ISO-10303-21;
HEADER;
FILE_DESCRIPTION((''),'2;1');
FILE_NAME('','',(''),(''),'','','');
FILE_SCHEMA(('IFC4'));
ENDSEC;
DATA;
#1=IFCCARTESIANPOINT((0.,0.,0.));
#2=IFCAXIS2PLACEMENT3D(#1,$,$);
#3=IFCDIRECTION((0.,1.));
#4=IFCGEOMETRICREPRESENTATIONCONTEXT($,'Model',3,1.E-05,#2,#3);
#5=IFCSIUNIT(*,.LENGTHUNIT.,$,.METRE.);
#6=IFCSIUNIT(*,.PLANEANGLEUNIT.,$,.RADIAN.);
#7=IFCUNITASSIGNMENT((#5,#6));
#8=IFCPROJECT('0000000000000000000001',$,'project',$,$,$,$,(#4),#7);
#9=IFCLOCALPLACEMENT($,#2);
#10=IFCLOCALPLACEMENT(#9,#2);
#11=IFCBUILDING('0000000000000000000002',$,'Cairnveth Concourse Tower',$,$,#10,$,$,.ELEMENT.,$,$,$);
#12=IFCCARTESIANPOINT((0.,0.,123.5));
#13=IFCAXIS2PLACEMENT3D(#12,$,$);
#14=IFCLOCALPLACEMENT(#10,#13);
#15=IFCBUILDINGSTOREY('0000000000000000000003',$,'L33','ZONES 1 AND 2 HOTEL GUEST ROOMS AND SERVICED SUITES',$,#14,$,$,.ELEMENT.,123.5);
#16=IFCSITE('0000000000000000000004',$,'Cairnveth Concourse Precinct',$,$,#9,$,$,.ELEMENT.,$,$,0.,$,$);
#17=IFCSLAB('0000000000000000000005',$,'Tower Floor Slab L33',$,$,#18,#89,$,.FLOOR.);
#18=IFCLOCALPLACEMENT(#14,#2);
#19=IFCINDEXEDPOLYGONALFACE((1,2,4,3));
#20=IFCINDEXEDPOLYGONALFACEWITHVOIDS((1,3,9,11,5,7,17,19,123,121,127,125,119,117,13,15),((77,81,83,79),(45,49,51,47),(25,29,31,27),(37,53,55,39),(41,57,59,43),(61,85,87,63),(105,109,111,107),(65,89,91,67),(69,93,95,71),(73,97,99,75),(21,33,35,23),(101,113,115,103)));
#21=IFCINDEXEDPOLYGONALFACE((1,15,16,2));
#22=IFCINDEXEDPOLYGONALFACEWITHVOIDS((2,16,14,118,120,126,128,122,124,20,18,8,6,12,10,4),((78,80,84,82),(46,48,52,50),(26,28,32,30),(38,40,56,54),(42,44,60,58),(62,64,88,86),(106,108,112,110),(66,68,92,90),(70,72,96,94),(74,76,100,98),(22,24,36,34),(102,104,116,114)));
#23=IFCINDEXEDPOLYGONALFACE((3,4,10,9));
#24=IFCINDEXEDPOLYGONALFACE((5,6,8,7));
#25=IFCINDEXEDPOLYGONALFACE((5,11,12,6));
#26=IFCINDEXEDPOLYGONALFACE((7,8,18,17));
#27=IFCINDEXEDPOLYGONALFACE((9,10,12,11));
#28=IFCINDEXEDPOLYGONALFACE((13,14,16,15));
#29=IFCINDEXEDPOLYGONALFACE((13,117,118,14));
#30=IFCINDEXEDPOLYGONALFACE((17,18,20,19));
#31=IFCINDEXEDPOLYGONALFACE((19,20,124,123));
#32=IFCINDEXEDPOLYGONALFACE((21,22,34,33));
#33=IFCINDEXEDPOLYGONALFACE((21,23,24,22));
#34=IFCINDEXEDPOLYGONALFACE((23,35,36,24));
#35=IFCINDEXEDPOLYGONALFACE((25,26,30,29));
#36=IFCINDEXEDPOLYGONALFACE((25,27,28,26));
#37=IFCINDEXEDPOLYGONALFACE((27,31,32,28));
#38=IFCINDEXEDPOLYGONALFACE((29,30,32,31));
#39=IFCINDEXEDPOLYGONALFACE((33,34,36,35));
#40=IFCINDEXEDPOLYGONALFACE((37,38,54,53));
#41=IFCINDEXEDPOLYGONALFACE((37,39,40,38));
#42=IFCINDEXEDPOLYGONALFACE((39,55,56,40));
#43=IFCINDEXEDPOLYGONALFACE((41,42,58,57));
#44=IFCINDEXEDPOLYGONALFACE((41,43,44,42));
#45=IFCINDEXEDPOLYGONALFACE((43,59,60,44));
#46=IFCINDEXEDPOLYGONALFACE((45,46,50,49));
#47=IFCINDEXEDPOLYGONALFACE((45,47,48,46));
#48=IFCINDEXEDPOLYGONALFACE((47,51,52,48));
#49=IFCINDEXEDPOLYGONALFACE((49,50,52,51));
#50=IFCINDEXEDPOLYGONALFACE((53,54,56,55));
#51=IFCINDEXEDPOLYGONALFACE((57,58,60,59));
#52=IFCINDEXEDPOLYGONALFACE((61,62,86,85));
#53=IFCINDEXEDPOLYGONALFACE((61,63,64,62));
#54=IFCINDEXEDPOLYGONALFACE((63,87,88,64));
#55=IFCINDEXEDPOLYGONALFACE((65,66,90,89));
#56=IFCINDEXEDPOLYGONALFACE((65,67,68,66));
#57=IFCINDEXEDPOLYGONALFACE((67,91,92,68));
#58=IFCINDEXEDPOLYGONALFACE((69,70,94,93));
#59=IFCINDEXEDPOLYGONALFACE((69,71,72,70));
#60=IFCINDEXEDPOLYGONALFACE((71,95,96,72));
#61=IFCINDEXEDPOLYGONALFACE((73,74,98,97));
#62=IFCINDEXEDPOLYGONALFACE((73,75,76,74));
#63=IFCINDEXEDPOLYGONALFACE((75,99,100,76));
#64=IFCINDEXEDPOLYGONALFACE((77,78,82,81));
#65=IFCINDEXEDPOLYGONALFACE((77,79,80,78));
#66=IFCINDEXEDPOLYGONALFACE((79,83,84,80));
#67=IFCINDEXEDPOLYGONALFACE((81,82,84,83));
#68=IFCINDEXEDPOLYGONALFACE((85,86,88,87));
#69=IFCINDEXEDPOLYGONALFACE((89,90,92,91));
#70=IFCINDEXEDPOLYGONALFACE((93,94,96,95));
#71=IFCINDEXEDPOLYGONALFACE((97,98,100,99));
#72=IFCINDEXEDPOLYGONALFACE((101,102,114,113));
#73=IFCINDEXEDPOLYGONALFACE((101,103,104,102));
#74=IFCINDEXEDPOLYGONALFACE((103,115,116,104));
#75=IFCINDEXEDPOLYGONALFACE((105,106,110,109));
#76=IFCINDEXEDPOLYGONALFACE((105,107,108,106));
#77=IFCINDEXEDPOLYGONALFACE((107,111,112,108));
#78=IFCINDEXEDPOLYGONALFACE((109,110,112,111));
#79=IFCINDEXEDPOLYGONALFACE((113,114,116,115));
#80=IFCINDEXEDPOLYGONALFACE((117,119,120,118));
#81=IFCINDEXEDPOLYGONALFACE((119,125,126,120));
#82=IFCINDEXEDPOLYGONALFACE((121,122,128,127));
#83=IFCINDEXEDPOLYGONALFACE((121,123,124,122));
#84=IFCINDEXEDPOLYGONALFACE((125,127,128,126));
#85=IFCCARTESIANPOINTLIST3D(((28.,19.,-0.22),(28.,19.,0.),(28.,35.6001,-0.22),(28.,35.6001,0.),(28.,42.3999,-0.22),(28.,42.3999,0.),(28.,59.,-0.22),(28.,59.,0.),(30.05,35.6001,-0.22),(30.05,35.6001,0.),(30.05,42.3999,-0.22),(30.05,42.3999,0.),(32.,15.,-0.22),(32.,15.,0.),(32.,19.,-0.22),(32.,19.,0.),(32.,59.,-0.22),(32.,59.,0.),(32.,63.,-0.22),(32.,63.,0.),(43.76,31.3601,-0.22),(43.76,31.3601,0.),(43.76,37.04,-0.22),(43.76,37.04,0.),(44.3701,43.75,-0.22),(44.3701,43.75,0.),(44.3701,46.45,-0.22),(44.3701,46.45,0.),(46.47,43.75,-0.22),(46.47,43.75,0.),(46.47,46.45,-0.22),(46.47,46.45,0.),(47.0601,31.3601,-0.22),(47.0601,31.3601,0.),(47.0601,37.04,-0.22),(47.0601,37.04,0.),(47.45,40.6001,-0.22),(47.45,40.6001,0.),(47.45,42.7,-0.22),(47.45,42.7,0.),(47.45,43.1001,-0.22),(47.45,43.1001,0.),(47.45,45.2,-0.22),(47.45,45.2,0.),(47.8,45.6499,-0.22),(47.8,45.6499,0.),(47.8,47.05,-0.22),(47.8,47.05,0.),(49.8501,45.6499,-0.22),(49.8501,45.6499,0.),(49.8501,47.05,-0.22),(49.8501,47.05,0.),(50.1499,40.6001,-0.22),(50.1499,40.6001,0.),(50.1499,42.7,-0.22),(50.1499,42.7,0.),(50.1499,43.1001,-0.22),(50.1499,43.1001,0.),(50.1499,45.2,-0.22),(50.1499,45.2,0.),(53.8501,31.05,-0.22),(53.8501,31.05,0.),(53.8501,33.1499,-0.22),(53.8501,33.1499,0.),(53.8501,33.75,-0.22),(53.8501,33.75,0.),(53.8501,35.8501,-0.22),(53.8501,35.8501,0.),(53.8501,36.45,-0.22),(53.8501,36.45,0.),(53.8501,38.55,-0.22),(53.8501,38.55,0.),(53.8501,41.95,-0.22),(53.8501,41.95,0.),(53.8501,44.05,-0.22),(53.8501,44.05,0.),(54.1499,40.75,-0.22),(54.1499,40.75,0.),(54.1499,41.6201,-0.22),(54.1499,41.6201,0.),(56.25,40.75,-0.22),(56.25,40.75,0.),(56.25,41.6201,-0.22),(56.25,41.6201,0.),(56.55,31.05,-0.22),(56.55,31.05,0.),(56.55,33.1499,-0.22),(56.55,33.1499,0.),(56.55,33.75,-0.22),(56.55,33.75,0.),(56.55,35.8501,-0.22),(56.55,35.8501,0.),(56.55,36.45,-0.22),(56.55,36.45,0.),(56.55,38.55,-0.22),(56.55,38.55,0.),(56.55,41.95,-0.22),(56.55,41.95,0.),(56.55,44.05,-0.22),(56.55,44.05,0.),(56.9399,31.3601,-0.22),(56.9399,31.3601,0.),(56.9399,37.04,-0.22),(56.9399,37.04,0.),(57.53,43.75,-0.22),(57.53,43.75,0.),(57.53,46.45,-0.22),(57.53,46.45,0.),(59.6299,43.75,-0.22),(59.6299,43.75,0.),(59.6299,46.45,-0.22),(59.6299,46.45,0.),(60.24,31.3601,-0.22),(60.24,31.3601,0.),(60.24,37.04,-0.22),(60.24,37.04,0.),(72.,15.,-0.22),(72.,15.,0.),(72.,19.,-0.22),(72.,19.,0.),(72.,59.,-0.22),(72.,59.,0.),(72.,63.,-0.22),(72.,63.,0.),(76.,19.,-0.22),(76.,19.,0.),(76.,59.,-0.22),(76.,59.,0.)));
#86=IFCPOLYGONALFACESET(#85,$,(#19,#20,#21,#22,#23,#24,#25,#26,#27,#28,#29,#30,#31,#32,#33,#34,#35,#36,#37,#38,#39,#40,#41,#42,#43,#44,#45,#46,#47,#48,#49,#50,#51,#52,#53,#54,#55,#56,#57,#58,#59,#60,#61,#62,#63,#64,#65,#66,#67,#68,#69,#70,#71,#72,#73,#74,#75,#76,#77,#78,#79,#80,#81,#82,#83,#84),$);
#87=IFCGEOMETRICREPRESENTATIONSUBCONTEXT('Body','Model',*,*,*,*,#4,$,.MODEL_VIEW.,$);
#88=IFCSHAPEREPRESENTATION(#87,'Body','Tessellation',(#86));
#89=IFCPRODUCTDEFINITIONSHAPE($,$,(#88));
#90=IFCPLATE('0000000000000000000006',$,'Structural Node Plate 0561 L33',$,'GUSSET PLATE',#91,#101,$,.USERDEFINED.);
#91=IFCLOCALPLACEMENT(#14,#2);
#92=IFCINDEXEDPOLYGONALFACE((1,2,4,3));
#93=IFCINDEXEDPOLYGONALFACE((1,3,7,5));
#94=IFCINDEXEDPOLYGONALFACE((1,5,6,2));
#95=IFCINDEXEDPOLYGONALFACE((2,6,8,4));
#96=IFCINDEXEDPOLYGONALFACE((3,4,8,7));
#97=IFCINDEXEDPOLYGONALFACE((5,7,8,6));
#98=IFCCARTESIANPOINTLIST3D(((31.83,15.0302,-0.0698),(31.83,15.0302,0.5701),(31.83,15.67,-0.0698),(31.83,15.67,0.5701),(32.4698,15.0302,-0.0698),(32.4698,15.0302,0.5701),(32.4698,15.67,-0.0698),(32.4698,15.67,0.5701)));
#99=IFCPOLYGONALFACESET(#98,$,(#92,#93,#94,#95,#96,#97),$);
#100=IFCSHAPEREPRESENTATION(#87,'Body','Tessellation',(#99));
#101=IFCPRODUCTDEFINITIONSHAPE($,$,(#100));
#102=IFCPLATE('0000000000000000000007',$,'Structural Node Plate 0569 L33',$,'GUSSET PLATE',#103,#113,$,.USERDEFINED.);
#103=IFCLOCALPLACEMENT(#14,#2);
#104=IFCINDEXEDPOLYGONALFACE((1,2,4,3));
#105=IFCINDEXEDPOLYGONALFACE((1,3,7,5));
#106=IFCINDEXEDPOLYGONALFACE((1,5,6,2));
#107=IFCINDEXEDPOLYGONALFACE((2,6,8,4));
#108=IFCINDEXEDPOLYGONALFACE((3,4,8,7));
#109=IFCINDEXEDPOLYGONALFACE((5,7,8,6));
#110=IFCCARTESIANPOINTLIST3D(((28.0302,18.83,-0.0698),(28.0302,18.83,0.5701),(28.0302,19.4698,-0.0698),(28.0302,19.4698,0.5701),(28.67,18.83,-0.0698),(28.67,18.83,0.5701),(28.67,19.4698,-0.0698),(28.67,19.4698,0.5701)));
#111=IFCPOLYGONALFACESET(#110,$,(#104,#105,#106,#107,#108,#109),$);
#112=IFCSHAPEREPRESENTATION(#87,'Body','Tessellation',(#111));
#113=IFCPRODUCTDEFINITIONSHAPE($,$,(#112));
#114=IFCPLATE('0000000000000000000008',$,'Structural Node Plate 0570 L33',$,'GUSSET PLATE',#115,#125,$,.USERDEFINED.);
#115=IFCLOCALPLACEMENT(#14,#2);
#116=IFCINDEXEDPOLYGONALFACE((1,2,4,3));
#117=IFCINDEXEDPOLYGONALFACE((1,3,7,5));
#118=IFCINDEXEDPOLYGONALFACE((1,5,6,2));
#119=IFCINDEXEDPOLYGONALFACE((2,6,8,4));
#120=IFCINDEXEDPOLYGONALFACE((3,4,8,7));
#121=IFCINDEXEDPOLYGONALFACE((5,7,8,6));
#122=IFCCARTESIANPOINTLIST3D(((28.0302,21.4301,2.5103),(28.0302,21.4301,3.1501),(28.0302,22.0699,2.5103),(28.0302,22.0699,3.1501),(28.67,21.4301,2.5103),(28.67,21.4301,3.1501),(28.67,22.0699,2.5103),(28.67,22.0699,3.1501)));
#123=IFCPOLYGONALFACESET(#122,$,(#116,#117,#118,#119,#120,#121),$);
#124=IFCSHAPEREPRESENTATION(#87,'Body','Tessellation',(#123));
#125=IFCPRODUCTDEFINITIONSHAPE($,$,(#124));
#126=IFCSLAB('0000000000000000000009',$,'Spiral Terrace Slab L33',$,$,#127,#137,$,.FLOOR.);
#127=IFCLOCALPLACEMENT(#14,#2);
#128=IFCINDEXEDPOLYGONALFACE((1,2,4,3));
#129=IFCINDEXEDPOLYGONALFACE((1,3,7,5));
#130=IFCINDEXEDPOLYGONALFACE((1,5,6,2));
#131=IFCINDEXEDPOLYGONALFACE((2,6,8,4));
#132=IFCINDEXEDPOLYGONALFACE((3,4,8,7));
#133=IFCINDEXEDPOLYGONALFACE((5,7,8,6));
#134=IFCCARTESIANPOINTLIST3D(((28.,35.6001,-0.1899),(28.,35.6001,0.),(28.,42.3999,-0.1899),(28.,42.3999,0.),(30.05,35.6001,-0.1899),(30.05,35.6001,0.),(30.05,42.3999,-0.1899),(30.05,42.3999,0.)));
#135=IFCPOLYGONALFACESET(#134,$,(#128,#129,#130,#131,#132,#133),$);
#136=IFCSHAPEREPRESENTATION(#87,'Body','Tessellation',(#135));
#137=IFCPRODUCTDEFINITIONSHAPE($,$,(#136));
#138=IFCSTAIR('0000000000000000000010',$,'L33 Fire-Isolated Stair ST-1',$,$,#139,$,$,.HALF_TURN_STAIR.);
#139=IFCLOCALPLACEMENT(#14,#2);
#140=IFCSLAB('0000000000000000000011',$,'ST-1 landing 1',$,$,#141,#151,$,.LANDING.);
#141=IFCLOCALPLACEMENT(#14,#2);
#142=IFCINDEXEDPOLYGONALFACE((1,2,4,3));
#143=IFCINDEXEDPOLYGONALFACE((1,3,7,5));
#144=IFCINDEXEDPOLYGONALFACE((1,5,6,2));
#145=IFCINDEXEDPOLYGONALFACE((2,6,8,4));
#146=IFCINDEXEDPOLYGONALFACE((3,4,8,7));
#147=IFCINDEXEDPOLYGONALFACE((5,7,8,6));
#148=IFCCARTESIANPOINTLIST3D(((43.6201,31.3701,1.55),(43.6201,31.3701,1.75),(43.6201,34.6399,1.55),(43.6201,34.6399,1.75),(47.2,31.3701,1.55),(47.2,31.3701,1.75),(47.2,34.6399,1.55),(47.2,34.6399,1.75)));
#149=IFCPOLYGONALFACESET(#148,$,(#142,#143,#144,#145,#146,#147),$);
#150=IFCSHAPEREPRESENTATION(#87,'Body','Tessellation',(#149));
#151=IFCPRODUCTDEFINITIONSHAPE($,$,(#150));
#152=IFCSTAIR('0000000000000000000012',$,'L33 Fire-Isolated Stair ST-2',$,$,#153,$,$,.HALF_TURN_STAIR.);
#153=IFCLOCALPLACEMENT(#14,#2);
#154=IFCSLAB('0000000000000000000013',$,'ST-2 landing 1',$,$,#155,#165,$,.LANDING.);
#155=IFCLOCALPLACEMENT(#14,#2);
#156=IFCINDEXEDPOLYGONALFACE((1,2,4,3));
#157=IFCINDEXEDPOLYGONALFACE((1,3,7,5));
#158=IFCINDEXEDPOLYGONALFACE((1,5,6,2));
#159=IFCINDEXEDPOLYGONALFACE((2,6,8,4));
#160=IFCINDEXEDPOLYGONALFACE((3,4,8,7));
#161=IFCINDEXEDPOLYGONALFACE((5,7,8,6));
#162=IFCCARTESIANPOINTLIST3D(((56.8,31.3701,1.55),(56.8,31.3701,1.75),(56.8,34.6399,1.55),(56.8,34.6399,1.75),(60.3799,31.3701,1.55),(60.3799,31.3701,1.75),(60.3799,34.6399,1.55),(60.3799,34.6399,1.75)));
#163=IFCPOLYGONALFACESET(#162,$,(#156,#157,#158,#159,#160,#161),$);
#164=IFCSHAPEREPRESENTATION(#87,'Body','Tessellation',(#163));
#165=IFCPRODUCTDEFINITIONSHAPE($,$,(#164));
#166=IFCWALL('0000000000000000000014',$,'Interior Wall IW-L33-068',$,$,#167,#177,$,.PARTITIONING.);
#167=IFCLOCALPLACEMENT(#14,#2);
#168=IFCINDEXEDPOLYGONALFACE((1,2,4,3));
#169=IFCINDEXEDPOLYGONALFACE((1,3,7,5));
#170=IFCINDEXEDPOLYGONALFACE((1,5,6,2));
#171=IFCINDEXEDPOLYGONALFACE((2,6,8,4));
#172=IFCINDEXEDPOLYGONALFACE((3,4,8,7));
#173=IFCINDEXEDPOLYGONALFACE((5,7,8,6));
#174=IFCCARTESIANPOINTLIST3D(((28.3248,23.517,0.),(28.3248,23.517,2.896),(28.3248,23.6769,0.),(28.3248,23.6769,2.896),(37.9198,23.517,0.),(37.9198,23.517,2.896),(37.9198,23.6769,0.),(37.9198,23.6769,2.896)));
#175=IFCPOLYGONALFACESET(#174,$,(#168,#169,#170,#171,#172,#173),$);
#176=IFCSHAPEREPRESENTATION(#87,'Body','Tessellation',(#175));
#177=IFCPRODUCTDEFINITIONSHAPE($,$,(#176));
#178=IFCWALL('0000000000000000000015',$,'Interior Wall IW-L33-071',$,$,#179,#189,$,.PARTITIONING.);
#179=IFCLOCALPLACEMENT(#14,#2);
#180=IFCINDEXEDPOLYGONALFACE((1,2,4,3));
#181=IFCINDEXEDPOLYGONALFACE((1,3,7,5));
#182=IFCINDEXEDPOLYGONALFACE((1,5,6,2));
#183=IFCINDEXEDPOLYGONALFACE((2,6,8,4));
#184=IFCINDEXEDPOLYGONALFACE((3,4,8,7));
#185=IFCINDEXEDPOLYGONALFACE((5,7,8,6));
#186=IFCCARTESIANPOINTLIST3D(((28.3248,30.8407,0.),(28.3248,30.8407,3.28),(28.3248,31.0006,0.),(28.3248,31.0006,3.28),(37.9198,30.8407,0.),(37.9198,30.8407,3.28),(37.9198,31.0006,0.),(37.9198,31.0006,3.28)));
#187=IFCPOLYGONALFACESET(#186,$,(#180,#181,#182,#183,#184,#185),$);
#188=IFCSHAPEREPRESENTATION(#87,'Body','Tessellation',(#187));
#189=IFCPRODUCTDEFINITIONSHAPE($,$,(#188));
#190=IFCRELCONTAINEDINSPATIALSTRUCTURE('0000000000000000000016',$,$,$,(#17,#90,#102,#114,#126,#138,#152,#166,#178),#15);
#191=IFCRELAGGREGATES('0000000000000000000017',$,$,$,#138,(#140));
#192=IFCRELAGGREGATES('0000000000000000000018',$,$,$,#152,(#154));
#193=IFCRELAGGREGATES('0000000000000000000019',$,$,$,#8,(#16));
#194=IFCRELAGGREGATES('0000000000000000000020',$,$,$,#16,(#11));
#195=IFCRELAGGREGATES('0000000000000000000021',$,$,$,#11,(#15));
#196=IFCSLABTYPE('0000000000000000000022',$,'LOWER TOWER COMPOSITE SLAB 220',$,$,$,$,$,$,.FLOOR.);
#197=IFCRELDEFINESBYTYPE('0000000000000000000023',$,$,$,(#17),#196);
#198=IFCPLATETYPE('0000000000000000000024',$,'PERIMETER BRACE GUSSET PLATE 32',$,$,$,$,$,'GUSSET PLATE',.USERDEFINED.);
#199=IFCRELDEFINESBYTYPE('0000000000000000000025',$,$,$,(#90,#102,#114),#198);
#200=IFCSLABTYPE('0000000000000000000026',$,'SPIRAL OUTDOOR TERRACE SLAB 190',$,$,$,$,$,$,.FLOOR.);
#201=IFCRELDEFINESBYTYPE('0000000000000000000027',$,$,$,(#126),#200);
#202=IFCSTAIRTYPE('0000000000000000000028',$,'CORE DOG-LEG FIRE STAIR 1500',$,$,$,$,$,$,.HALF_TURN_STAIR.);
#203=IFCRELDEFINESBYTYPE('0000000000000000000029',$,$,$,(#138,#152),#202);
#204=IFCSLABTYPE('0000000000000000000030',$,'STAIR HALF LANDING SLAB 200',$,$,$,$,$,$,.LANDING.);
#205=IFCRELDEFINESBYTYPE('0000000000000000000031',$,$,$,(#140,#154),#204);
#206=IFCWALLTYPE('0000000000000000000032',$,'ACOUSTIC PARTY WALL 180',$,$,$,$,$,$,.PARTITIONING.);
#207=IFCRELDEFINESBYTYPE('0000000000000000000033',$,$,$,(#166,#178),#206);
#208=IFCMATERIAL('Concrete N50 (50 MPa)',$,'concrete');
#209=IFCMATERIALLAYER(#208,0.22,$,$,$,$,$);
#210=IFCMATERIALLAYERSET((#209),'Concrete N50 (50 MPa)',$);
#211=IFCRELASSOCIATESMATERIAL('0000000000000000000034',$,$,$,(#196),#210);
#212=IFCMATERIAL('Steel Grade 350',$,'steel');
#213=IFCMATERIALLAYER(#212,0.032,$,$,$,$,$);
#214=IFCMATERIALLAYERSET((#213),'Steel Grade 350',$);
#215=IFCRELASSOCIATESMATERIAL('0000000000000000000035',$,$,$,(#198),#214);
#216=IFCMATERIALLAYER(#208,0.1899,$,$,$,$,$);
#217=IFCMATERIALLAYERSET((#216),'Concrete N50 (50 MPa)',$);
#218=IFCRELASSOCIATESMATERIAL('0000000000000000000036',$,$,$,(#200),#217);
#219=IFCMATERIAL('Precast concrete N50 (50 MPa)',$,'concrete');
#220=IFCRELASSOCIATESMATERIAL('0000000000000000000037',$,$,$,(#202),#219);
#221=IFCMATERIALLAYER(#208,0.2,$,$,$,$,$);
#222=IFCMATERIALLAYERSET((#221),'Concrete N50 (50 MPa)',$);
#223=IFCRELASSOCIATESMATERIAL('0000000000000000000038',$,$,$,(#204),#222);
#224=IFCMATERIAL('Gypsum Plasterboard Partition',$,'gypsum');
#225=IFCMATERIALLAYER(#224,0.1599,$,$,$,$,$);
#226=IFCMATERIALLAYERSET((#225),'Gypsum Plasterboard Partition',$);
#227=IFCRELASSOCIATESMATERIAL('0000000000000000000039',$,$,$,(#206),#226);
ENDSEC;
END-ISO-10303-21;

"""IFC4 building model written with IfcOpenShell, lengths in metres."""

from ifc_helpers import new_model, si_unit, direction, frame, frame_2d, origin, origin_2d, place, context, subcontext, project, spatial, polyline, rectangle, outline, extrude, material, layer, layer_set, type_object, element, aggregate, save


model = new_model("IFC4")

# Units and contexts
model_context = context("Model", 3, precision=1e-05, world=origin(), true_north=direction((0.0, 1.0)))
body_context = subcontext(model_context, "Body", "Model", "MODEL_VIEW")
ifc_project = project(units=[si_unit("LENGTHUNIT", "METRE"), si_unit("PLANEANGLEUNIT", "RADIAN")], contexts=[model_context])

# Site, building, storey
site_placement = place(None, origin())
site = spatial("IfcSite", under=ifc_project, at=site_placement, Name="Cairnveth Concourse Precinct", CompositionType="ELEMENT", RefElevation=0.0)
building_placement = place(site_placement, origin())
building = spatial("IfcBuilding", under=site, at=building_placement, Name="Cairnveth Concourse Tower", CompositionType="ELEMENT")
storey_placement = place(building_placement, frame((0.0, 0.0, 123.5)))
storey = spatial("IfcBuildingStorey", under=building, at=storey_placement, Name="L33", Description="ZONES 1 AND 2 HOTEL GUEST ROOMS AND SERVICED SUITES", CompositionType="ELEMENT", Elevation=123.5)

# Shared definitions
ifc_material_1 = material(Name="Steel Grade 350", Category="steel")

# Slab
ifc_material_2 = material(Name="Concrete N50 (50 MPa)", Category="concrete")
ifc_layer_1 = layer(ifc_material_2, 0.22)
ifc_layer_set_1 = layer_set([ifc_layer_1], Name="Concrete N50 (50 MPa)")
slab_type_1 = type_object("IfcSlabType", Name="LOWER TOWER COMPOSITE SLAB 220", PredefinedType="FLOOR", material=ifc_layer_set_1)
slab_1_placement = place(storey_placement, frame((0.0, 0.0, -0.22)))
element("IfcSlab", 1, at=slab_1_placement, inside=storey, type_object=slab_type_1, Name="Tower Floor Slab L33", PredefinedType="FLOOR", context=body_context, shape_type="SweptSolid", body=[
    extrude(outline(polyline([(28.0, 42.3999), (30.05, 42.3999), (30.05, 35.6001), (28.0, 35.6001), (28.0, 19.0), (32.0, 19.0), (32.0, 15.0), (72.0, 15.0), (72.0, 19.0), (76.0, 19.0), (76.0, 59.0), (72.0, 59.0), (72.0, 63.0), (32.0, 63.0), (32.0, 59.0), (28.0, 59.0), (28.0, 42.3999)]), holes=[polyline([(43.76, 31.3601), (47.0601, 31.3601), (47.0601, 37.04), (43.76, 37.04), (43.76, 31.3601)]), polyline([(56.9399, 31.3601), (60.24, 31.3601), (60.24, 37.04), (56.9399, 37.04), (56.9399, 31.3601)]), polyline([(44.3701, 43.75), (46.47, 43.75), (46.47, 46.45), (44.3701, 46.45), (44.3701, 43.75)]), polyline([(57.53, 43.75), (59.6299, 43.75), (59.6299, 46.45), (57.53, 46.45), (57.53, 43.75)]), polyline([(53.8501, 31.05), (56.55, 31.05), (56.55, 33.1499), (53.8501, 33.1499), (53.8501, 31.05)]), polyline([(53.8501, 33.75), (56.55, 33.75), (56.55, 35.8501), (53.8501, 35.8501), (53.8501, 33.75)]), polyline([(53.8501, 36.45), (56.55, 36.45), (56.55, 38.55), (53.8501, 38.55), (53.8501, 36.45)]), polyline([(47.45, 40.6001), (50.1499, 40.6001), (50.1499, 42.7), (47.45, 42.7), (47.45, 40.6001)]), polyline([(47.45, 43.1001), (50.1499, 43.1001), (50.1499, 45.2), (47.45, 45.2), (47.45, 43.1001)]), polyline([(53.8501, 41.95), (56.55, 41.95), (56.55, 44.05), (53.8501, 44.05), (53.8501, 41.95)]), polyline([(47.8, 45.6499), (49.8501, 45.6499), (49.8501, 47.05), (47.8, 47.05), (47.8, 45.6499)]), polyline([(54.1499, 40.75), (56.25, 40.75), (56.25, 41.6201), (54.1499, 41.6201), (54.1499, 40.75)])]), origin(), (0.0, 0.0, 1.0), 0.22),
])

# Plates
ifc_layer_2 = layer(ifc_material_1, 0.032)
ifc_layer_set_2 = layer_set([ifc_layer_2], Name="Steel Grade 350")
plate_type = type_object("IfcPlateType", Name="PERIMETER BRACE GUSSET PLATE 32", ElementType="GUSSET PLATE", PredefinedType="USERDEFINED", material=ifc_layer_set_2)
for number, where, z_axis, x_axis, name in (
    (2, (32.1499, 15.3501, -0.0698), (0.0, 0.0, 1.0), (1.0, 0.0, 0.0), "Structural Node Plate 0561 L33"),
    (3, (28.3501, 19.1499, -0.0698), (0.0, 0.0, 1.0), (1.0, 0.0, 0.0), "Structural Node Plate 0569 L33"),
    (4, (28.3501, 21.75, 2.5103), (0.0, 0.0, 1.0), (1.0, 0.0, 0.0), "Structural Node Plate 0570 L33"),
):
    element("IfcPlate", number, at=place(storey_placement, frame(where, z_axis=z_axis, x_axis=x_axis)), inside=storey, type_object=plate_type, Name=name, ObjectType="GUSSET PLATE", PredefinedType="USERDEFINED", context=body_context, shape_type="SweptSolid", body=[
        extrude(rectangle(XDim=0.6399, YDim=0.6399, at=origin_2d()), origin(), (0.0, 0.0, 1.0), 0.6399),
    ])

# Slab
ifc_layer_3 = layer(ifc_material_2, 0.1899)
ifc_layer_set_3 = layer_set([ifc_layer_3], Name="Concrete N50 (50 MPa)")
slab_type_2 = type_object("IfcSlabType", Name="SPIRAL OUTDOOR TERRACE SLAB 190", PredefinedType="FLOOR", material=ifc_layer_set_3)
slab_2_placement = place(storey_placement, frame((0.0, 0.0, -0.1899)))
element("IfcSlab", 5, at=slab_2_placement, inside=storey, type_object=slab_type_2, Name="Spiral Terrace Slab L33", PredefinedType="FLOOR", context=body_context, shape_type="SweptSolid", body=[
    extrude(outline(polyline([(28.0, 35.6001), (30.05, 35.6001), (30.05, 42.3999), (28.0, 42.3999), (28.0, 35.6001)])), origin(), (0.0, 0.0, 1.0), 0.1899),
])

# Stairs, slabs
ifc_material_3 = material(Name="Precast concrete N50 (50 MPa)", Category="concrete")
stair_type = type_object("IfcStairType", Name="CORE DOG-LEG FIRE STAIR 1500", PredefinedType="HALF_TURN_STAIR", material=ifc_material_3)
stair_1_placement = place(storey_placement, origin())
stair_1 = element("IfcStair", 6, at=stair_1_placement, inside=storey, type_object=stair_type, Name="L33 Fire-Isolated Stair ST-1", PredefinedType="HALF_TURN_STAIR")
ifc_layer_4 = layer(ifc_material_2, 0.2)
ifc_layer_set_4 = layer_set([ifc_layer_4], Name="Concrete N50 (50 MPa)")
slab_type_3 = type_object("IfcSlabType", Name="STAIR HALF LANDING SLAB 200", PredefinedType="LANDING", material=ifc_layer_set_4)
slab_3_placement = place(storey_placement, frame((0.0, 0.0, 1.55)))
slab_3 = element("IfcSlab", 7, at=slab_3_placement, type_object=slab_type_3, Name="ST-1 landing 1", PredefinedType="LANDING", context=body_context, shape_type="SweptSolid", body=[
    extrude(outline(polyline([(43.6201, 34.6399), (43.6201, 31.3701), (47.2, 31.3701), (47.2, 34.6399), (43.6201, 34.6399)])), origin(), (0.0, 0.0, 1.0), 0.2),
])
aggregate(stair_1, [slab_3])
stair_2_placement = place(storey_placement, origin())
stair_2 = element("IfcStair", 8, at=stair_2_placement, inside=storey, type_object=stair_type, Name="L33 Fire-Isolated Stair ST-2", PredefinedType="HALF_TURN_STAIR")
slab_4_placement = place(storey_placement, frame((0.0, 0.0, 1.55)))
slab_4 = element("IfcSlab", 9, at=slab_4_placement, type_object=slab_type_3, Name="ST-2 landing 1", PredefinedType="LANDING", context=body_context, shape_type="SweptSolid", body=[
    extrude(outline(polyline([(56.8, 34.6399), (56.8, 31.3701), (60.3799, 31.3701), (60.3799, 34.6399), (56.8, 34.6399)])), origin(), (0.0, 0.0, 1.0), 0.2),
])
aggregate(stair_2, [slab_4])

# Walls
ifc_material_4 = material(Name="Gypsum Plasterboard Partition", Category="gypsum")
ifc_layer_5 = layer(ifc_material_4, 0.1599)
ifc_layer_set_5 = layer_set([ifc_layer_5], Name="Gypsum Plasterboard Partition")
wall_type_1 = type_object("IfcWallType", Name="ACOUSTIC PARTY WALL 180", PredefinedType="PARTITIONING", material=ifc_layer_set_5)
wall_1_placement = place(storey_placement, frame((28.325, 23.5969, 0.0), z_axis=(0.0, 0.0, 1.0), x_axis=(1.0, 0.0, 0.0)))
element("IfcWall", 10, at=wall_1_placement, inside=storey, type_object=wall_type_1, Name="Interior Wall IW-L33-068", PredefinedType="PARTITIONING", context=body_context, shape_type="SweptSolid", body=[
    extrude(rectangle(XDim=9.595, YDim=0.1599, at=frame_2d((4.7974, 0.0))), origin(), (0.0, 0.0, 1.0), 2.896),
])
wall_2_placement = place(storey_placement, frame((28.325, 30.9207, 0.0), z_axis=(0.0, 0.0, 1.0), x_axis=(1.0, 0.0, 0.0)))
element("IfcWall", 11, at=wall_2_placement, inside=storey, type_object=wall_type_1, Name="Interior Wall IW-L33-071", PredefinedType="PARTITIONING", context=body_context, shape_type="SweptSolid", body=[
    extrude(rectangle(XDim=9.595, YDim=0.1599, at=frame_2d((4.7974, 0.0))), origin(), (0.0, 0.0, 1.0), 3.28),
])

save(model, "model.ifc")
